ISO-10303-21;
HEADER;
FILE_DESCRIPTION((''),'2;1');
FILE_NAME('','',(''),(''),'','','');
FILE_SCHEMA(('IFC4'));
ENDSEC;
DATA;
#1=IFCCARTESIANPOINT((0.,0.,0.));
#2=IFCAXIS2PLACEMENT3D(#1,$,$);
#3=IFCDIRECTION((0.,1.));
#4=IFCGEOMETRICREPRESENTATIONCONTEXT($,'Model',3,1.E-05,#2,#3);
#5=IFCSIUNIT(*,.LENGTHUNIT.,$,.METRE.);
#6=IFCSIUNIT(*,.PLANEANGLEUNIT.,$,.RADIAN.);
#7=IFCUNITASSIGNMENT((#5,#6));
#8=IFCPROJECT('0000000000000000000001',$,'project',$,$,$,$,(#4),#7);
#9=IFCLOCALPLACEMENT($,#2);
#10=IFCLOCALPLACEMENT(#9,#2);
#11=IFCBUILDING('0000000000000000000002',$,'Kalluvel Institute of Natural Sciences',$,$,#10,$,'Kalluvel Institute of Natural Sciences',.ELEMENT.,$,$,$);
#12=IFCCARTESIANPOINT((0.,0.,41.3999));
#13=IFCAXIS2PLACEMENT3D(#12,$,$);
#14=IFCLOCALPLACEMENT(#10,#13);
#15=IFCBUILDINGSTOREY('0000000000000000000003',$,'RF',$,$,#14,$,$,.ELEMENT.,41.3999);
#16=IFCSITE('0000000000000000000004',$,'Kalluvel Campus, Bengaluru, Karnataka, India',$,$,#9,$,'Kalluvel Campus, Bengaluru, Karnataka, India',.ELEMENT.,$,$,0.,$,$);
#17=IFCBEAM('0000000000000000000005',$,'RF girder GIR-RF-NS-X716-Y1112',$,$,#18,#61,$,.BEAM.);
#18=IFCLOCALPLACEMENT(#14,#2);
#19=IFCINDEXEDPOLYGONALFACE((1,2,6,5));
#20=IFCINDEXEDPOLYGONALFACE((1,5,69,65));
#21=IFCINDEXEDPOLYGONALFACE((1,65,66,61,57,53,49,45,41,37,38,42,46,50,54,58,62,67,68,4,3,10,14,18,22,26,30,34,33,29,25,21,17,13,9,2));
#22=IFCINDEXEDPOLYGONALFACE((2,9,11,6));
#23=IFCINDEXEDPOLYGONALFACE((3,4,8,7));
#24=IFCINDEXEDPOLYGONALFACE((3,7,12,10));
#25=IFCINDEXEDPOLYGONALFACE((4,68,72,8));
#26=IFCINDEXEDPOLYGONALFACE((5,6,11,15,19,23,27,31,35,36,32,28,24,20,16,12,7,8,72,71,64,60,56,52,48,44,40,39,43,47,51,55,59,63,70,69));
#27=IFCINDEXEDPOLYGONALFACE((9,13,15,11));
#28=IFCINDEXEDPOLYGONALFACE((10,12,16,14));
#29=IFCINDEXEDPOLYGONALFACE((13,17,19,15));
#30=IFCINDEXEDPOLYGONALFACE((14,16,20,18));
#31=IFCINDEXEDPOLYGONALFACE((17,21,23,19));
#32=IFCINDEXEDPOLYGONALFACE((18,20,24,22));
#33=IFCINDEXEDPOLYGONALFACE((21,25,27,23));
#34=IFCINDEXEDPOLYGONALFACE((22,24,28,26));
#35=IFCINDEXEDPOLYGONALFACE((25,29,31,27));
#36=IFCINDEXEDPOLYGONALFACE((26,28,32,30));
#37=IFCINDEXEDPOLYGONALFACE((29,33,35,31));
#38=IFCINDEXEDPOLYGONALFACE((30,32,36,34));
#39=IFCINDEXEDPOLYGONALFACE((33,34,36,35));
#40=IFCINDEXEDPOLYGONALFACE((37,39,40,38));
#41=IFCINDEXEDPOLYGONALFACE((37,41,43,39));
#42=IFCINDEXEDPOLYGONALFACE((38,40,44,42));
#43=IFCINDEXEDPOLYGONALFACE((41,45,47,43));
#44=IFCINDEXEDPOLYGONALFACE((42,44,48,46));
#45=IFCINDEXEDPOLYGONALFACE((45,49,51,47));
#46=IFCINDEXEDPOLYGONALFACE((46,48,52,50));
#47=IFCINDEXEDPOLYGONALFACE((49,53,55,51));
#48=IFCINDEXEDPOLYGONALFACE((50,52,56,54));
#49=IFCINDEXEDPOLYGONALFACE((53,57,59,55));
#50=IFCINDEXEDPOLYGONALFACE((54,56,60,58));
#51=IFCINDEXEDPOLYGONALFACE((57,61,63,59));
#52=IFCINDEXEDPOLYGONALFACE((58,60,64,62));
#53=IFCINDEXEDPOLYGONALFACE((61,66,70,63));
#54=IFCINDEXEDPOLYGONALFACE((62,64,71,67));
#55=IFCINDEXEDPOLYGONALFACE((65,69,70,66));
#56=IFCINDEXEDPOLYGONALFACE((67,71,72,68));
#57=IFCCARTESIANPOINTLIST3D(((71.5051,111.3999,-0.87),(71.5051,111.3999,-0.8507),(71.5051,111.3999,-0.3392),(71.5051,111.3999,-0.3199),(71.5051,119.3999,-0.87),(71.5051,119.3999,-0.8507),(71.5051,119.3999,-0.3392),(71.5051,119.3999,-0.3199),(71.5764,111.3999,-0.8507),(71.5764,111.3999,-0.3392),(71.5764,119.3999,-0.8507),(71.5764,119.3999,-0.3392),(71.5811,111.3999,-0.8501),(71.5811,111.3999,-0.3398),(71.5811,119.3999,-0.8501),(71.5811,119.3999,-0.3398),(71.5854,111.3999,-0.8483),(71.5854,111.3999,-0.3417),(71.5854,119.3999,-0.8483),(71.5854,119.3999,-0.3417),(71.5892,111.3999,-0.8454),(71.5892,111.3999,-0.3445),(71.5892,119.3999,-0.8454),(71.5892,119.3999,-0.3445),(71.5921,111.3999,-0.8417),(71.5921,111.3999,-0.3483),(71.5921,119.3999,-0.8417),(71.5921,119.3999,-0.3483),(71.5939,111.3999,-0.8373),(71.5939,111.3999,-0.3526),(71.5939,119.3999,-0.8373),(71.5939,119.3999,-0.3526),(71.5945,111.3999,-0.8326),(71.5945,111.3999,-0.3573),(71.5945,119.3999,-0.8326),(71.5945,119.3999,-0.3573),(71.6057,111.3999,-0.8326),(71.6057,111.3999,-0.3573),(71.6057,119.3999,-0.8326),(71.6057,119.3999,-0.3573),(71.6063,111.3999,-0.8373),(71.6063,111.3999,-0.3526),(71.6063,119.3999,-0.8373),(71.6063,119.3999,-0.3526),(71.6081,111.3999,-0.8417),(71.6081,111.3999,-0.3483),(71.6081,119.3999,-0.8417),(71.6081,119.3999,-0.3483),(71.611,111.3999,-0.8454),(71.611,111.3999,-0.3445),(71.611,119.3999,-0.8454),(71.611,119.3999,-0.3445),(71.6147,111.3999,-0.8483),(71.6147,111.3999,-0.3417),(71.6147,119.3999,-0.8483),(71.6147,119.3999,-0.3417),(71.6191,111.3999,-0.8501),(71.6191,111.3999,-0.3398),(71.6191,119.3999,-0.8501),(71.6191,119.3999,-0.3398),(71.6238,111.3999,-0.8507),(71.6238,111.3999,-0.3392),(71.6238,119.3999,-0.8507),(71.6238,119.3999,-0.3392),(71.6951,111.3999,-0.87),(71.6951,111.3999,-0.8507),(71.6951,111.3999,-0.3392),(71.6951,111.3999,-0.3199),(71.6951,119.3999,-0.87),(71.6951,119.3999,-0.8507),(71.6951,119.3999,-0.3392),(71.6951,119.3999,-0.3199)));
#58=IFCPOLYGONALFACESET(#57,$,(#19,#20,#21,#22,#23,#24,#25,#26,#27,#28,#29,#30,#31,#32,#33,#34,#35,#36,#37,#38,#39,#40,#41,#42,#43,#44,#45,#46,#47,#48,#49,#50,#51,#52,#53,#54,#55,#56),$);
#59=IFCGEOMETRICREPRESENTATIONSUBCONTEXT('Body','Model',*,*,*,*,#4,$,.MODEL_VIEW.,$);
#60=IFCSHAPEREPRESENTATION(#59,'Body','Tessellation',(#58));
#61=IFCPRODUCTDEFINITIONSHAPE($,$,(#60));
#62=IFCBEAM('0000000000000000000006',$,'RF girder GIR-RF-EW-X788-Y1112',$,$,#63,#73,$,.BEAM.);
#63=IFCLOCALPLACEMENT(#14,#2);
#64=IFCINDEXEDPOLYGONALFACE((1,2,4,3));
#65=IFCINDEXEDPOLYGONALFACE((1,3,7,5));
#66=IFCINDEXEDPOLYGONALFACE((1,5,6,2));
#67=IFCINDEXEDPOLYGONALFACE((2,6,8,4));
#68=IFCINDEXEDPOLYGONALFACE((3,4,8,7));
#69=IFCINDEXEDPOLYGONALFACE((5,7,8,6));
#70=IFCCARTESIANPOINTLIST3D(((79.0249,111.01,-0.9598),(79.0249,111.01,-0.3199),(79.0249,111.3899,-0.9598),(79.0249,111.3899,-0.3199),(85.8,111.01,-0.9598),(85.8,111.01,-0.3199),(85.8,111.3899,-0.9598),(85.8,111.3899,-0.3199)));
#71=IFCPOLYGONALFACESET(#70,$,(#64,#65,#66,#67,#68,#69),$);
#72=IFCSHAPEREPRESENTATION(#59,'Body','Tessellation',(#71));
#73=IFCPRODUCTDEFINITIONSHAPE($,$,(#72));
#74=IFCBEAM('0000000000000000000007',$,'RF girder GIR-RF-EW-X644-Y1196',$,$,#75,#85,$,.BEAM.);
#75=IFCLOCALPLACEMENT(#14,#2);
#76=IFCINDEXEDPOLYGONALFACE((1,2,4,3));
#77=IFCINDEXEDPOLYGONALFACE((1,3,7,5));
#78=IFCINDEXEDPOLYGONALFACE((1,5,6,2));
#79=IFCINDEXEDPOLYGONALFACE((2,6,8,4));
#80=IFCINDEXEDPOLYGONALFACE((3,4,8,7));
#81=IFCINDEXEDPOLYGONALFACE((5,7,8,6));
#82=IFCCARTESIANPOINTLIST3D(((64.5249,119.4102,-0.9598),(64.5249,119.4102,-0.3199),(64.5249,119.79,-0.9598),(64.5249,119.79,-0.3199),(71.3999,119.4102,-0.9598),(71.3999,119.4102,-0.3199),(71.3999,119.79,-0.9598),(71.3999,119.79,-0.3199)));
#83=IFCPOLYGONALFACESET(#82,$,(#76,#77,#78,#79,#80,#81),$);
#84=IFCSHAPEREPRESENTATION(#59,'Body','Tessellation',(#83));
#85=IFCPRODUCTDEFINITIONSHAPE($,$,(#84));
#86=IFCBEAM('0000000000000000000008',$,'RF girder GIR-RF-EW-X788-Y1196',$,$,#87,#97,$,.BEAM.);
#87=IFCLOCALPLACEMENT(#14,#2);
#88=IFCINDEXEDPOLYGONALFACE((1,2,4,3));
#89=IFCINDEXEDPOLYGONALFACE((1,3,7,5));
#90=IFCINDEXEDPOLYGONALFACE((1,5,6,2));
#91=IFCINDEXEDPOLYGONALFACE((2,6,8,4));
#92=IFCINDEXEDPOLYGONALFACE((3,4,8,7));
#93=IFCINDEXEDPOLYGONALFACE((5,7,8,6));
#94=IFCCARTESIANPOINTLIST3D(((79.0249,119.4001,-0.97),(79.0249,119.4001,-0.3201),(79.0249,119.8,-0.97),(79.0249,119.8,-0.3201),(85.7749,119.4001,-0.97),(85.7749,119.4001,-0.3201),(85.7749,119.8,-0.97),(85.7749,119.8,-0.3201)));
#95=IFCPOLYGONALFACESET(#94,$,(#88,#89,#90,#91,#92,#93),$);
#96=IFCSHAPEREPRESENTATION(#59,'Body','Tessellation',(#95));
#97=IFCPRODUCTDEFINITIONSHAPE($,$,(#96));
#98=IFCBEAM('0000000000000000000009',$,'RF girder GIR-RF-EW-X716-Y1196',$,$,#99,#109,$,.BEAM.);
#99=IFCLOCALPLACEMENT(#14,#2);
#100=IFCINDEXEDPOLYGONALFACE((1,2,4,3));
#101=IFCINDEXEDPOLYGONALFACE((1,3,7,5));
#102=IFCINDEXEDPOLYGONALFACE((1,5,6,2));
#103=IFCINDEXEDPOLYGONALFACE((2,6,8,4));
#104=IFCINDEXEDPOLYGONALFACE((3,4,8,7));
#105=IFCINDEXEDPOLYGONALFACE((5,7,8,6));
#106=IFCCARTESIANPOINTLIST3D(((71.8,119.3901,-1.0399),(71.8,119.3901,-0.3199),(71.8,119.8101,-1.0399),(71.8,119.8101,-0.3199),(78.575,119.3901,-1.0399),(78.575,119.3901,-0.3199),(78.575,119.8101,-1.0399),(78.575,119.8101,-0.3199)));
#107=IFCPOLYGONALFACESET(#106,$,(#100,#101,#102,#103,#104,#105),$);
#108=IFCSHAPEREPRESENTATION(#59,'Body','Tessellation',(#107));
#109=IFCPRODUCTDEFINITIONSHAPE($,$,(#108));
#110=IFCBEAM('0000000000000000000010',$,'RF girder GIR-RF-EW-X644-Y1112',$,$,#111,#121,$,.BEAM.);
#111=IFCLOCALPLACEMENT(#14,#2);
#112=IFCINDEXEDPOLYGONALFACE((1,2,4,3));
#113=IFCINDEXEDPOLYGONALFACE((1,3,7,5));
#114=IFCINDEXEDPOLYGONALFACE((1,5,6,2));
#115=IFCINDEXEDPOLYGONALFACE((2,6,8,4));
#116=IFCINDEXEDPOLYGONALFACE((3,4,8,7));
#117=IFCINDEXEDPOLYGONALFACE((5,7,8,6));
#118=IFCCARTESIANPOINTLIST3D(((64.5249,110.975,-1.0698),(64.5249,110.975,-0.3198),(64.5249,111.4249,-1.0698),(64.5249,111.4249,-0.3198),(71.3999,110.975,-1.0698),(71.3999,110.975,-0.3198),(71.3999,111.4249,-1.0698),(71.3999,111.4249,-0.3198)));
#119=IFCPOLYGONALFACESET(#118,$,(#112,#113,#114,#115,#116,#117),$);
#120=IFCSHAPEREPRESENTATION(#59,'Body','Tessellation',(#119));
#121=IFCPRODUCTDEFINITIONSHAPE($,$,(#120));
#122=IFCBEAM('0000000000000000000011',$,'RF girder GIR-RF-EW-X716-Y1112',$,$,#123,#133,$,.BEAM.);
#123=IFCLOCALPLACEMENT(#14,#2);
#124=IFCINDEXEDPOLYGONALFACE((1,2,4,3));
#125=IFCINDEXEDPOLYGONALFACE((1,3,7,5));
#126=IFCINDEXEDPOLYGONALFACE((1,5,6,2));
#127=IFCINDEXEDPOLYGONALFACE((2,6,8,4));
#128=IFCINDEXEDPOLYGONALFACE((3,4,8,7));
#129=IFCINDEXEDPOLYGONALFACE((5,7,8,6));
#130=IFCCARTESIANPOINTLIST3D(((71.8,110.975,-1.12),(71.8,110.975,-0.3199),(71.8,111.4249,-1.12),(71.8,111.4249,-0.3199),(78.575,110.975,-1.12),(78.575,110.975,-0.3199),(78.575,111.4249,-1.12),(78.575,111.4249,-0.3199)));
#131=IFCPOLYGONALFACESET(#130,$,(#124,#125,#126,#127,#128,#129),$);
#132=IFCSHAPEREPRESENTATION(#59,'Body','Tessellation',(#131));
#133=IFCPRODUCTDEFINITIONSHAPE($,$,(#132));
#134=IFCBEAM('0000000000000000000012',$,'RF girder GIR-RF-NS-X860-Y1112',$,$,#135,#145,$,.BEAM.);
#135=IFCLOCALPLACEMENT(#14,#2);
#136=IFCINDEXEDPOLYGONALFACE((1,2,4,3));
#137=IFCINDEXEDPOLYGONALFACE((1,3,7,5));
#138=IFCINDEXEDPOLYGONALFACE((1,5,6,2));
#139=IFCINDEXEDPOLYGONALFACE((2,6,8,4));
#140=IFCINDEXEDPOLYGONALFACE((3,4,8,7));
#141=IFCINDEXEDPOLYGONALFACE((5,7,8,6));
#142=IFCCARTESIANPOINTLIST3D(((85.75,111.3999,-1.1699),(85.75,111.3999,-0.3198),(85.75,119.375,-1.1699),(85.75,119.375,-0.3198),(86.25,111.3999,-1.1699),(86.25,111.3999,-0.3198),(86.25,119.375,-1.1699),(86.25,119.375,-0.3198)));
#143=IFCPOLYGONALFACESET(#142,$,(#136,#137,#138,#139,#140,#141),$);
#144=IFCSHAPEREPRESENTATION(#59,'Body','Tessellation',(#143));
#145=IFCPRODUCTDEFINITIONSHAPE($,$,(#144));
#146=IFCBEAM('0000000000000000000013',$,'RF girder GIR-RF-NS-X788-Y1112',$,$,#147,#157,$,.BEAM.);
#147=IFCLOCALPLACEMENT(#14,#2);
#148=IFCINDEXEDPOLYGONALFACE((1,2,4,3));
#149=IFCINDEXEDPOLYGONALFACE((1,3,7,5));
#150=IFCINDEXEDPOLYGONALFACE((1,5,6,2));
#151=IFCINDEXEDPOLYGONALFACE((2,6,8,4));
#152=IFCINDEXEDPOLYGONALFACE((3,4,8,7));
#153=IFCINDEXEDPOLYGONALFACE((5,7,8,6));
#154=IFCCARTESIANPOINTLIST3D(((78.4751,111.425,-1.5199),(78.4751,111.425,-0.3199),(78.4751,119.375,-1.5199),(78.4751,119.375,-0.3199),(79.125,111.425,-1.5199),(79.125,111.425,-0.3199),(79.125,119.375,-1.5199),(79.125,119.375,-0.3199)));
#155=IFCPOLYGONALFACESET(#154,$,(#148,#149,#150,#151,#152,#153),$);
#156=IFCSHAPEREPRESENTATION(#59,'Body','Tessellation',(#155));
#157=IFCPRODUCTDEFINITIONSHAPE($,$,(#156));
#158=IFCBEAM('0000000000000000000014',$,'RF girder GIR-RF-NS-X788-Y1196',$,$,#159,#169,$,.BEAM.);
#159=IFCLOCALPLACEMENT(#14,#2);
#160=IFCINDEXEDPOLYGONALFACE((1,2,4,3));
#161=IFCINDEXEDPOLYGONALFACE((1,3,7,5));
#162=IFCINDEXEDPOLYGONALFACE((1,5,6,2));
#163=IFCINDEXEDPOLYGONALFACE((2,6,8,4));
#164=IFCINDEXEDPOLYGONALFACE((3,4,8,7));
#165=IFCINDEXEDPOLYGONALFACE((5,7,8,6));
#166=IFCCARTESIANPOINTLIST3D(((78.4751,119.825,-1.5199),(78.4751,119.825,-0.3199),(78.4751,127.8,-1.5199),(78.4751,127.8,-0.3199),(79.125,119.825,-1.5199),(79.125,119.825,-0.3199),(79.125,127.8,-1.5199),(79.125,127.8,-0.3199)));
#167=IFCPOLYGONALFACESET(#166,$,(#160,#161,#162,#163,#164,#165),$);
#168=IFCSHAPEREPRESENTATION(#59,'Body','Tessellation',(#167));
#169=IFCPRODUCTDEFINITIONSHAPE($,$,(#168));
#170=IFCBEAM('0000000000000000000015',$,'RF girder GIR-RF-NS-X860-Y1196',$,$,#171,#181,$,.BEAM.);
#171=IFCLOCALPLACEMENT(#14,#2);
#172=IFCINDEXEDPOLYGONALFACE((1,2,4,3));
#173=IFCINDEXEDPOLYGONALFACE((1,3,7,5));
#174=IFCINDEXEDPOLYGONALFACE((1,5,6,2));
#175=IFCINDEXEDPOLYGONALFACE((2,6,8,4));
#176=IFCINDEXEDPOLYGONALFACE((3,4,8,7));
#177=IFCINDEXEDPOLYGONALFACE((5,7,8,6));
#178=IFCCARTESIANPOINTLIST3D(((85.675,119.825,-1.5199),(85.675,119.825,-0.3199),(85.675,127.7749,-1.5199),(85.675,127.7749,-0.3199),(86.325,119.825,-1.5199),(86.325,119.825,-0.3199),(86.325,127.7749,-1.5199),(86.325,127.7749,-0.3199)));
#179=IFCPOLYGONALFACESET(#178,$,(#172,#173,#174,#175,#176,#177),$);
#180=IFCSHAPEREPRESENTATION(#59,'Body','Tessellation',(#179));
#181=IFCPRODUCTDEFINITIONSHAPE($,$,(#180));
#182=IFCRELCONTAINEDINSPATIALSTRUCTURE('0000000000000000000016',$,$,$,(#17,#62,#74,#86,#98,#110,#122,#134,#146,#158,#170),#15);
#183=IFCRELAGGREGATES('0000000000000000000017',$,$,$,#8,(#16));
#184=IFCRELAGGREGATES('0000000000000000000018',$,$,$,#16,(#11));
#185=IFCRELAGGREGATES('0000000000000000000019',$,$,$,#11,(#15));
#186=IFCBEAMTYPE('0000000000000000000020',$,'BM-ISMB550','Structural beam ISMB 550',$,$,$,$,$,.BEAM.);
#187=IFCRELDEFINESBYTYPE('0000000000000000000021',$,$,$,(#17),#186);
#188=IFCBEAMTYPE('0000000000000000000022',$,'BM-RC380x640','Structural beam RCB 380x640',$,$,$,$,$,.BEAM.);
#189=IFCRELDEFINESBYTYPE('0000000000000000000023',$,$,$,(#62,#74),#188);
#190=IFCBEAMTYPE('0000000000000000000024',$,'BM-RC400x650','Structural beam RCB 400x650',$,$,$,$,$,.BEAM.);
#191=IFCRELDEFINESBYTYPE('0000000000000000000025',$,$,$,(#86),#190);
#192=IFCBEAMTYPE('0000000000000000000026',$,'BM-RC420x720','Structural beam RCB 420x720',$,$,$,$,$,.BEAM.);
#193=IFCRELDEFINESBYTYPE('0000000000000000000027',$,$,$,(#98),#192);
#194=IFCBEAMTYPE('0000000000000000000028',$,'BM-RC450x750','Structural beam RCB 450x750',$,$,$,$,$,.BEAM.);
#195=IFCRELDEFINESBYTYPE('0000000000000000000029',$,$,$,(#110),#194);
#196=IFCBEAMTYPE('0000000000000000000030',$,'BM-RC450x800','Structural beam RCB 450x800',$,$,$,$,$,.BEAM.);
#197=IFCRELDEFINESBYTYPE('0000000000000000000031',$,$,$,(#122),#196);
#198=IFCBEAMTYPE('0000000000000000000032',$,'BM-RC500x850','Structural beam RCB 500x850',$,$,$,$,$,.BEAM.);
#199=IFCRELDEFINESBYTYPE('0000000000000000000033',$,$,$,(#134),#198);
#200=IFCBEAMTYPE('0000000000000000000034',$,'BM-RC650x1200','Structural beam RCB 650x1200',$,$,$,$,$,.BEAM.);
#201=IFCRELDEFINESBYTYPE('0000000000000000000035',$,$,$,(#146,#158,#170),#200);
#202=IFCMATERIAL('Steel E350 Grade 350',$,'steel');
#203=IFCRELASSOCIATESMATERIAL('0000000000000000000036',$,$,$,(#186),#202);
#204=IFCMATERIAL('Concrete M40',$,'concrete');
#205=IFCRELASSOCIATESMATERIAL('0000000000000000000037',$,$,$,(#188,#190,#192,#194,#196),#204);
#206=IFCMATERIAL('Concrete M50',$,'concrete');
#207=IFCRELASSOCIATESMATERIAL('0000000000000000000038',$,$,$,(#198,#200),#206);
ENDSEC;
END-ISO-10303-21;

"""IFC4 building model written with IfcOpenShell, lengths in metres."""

from ifc_helpers import new_model, si_unit, direction, frame, origin, origin_2d, place, context, subcontext, project, spatial, rectangle, i_section, extrude, material, material_profile, profile_set, type_object, element, save


model = new_model("IFC4")

# Units and contexts
model_context = context("Model", 3, precision=1e-05, world=origin(), true_north=direction((0.0, 1.0)))
body_context = subcontext(model_context, "Body", "Model", "MODEL_VIEW")
ifc_project = project(units=[si_unit("LENGTHUNIT", "METRE"), si_unit("PLANEANGLEUNIT", "RADIAN")], contexts=[model_context])

# Site, building, storey
site_placement = place(None, origin())
site = spatial("IfcSite", under=ifc_project, at=site_placement, Name="Kalluvel Campus, Bengaluru, Karnataka, India", LongName="Kalluvel Campus, Bengaluru, Karnataka, India", CompositionType="ELEMENT", RefElevation=0.0)
building_placement = place(site_placement, origin())
building = spatial("IfcBuilding", under=site, at=building_placement, Name="Kalluvel Institute of Natural Sciences", LongName="Kalluvel Institute of Natural Sciences", CompositionType="ELEMENT")
storey_placement = place(building_placement, frame((0.0, 0.0, 41.3999)))
storey = spatial("IfcBuildingStorey", under=building, at=storey_placement, Name="RF", CompositionType="ELEMENT", Elevation=41.3999)

# Beams
ifc_material_1 = material(Name="Steel E350 Grade 350", Category="steel")
ifc_material_profile_1 = material_profile(ifc_material_1, i_section(OverallWidth=0.1899, OverallDepth=0.55, WebThickness=0.0112, FlangeThickness=0.0193, FilletRadius=0.0181, at=origin_2d()), Name="ISMB 550")
ifc_profile_set_1 = profile_set([ifc_material_profile_1], Name="Steel E350 Grade 350")
beam_type_1 = type_object("IfcBeamType", Name="BM-ISMB550", Description="Structural beam ISMB 550", PredefinedType="BEAM", material=ifc_profile_set_1)
beam_1_placement = place(storey_placement, frame((71.6001, 111.3999, -0.595), z_axis=(0.0, 1.0, 0.0), x_axis=(-1.0, 0.0, 0.0)))
element("IfcBeam", 1, at=beam_1_placement, inside=storey, type_object=beam_type_1, Name="RF girder GIR-RF-NS-X716-Y1112", PredefinedType="BEAM", context=body_context, shape_type="SweptSolid", body=[
    extrude(i_section(OverallWidth=0.1899, OverallDepth=0.55, WebThickness=0.0112, FlangeThickness=0.0193, FilletRadius=0.0181, at=origin_2d()), origin(), (0.0, 0.0, 1.0), 8.0),
])
ifc_material_2 = material(Name="Concrete M40", Category="concrete")
ifc_material_profile_2 = material_profile(ifc_material_2, rectangle(XDim=0.3799, YDim=0.6399, at=origin_2d()), Name="RCB 380x640")
ifc_profile_set_2 = profile_set([ifc_material_profile_2], Name="Concrete M40")
beam_type_2 = type_object("IfcBeamType", Name="BM-RC380x640", Description="Structural beam RCB 380x640", PredefinedType="BEAM", material=ifc_profile_set_2)
beam_2_placement = place(storey_placement, frame((79.0249, 111.2, -0.6399), z_axis=(1.0, 0.0, 0.0), x_axis=(0.0, 1.0, 0.0)))
element("IfcBeam", 2, at=beam_2_placement, inside=storey, type_object=beam_type_2, Name="RF girder GIR-RF-EW-X788-Y1112", PredefinedType="BEAM", context=body_context, shape_type="SweptSolid", body=[
    extrude(rectangle(XDim=0.3799, YDim=0.6399, at=origin_2d()), origin(), (0.0, 0.0, 1.0), 6.7751),
])
beam_3_placement = place(storey_placement, frame((64.5249, 119.6001, -0.6399), z_axis=(1.0, 0.0, 0.0), x_axis=(0.0, 1.0, 0.0)))
element("IfcBeam", 3, at=beam_3_placement, inside=storey, type_object=beam_type_2, Name="RF girder GIR-RF-EW-X644-Y1196", PredefinedType="BEAM", context=body_context, shape_type="SweptSolid", body=[
    extrude(rectangle(XDim=0.3799, YDim=0.6399, at=origin_2d()), origin(), (0.0, 0.0, 1.0), 6.875),
])
ifc_material_profile_3 = material_profile(ifc_material_2, rectangle(XDim=0.3999, YDim=0.6499, at=origin_2d()), Name="RCB 400x650")
ifc_profile_set_3 = profile_set([ifc_material_profile_3], Name="Concrete M40")
beam_type_3 = type_object("IfcBeamType", Name="BM-RC400x650", Description="Structural beam RCB 400x650", PredefinedType="BEAM", material=ifc_profile_set_3)
beam_4_placement = place(storey_placement, frame((79.0249, 119.6001, -0.645), z_axis=(1.0, 0.0, 0.0), x_axis=(0.0, 1.0, 0.0)))
element("IfcBeam", 4, at=beam_4_placement, inside=storey, type_object=beam_type_3, Name="RF girder GIR-RF-EW-X788-Y1196", PredefinedType="BEAM", context=body_context, shape_type="SweptSolid", body=[
    extrude(rectangle(XDim=0.3999, YDim=0.6499, at=origin_2d()), origin(), (0.0, 0.0, 1.0), 6.75),
])
ifc_material_profile_4 = material_profile(ifc_material_2, rectangle(XDim=0.4199, YDim=0.72, at=origin_2d()), Name="RCB 420x720")
ifc_profile_set_4 = profile_set([ifc_material_profile_4], Name="Concrete M40")
beam_type_4 = type_object("IfcBeamType", Name="BM-RC420x720", Description="Structural beam RCB 420x720", PredefinedType="BEAM", material=ifc_profile_set_4)
beam_5_placement = place(storey_placement, frame((71.8, 119.6001, -0.6799), z_axis=(1.0, 0.0, 0.0), x_axis=(0.0, 1.0, 0.0)))
element("IfcBeam", 5, at=beam_5_placement, inside=storey, type_object=beam_type_4, Name="RF girder GIR-RF-EW-X716-Y1196", PredefinedType="BEAM", context=body_context, shape_type="SweptSolid", body=[
    extrude(rectangle(XDim=0.4199, YDim=0.72, at=origin_2d()), origin(), (0.0, 0.0, 1.0), 6.7749),
])
ifc_material_profile_5 = material_profile(ifc_material_2, rectangle(XDim=0.45, YDim=0.75, at=origin_2d()), Name="RCB 450x750")
ifc_profile_set_5 = profile_set([ifc_material_profile_5], Name="Concrete M40")
beam_type_5 = type_object("IfcBeamType", Name="BM-RC450x750", Description="Structural beam RCB 450x750", PredefinedType="BEAM", material=ifc_profile_set_5)
beam_6_placement = place(storey_placement, frame((64.5249, 111.2, -0.6948), z_axis=(1.0, 0.0, 0.0), x_axis=(0.0, 1.0, 0.0)))
element("IfcBeam", 6, at=beam_6_placement, inside=storey, type_object=beam_type_5, Name="RF girder GIR-RF-EW-X644-Y1112", PredefinedType="BEAM", context=body_context, shape_type="SweptSolid", body=[
    extrude(rectangle(XDim=0.45, YDim=0.75, at=origin_2d()), origin(), (0.0, 0.0, 1.0), 6.875),
])
ifc_material_profile_6 = material_profile(ifc_material_2, rectangle(XDim=0.45, YDim=0.8, at=origin_2d()), Name="RCB 450x800")
ifc_profile_set_6 = profile_set([ifc_material_profile_6], Name="Concrete M40")
beam_type_6 = type_object("IfcBeamType", Name="BM-RC450x800", Description="Structural beam RCB 450x800", PredefinedType="BEAM", material=ifc_profile_set_6)
beam_7_placement = place(storey_placement, frame((71.8, 111.2, -0.72), z_axis=(1.0, 0.0, 0.0), x_axis=(0.0, 1.0, 0.0)))
element("IfcBeam", 7, at=beam_7_placement, inside=storey, type_object=beam_type_6, Name="RF girder GIR-RF-EW-X716-Y1112", PredefinedType="BEAM", context=body_context, shape_type="SweptSolid", body=[
    extrude(rectangle(XDim=0.45, YDim=0.8, at=origin_2d()), origin(), (0.0, 0.0, 1.0), 6.7749),
])
ifc_material_3 = material(Name="Concrete M50", Category="concrete")
ifc_material_profile_7 = material_profile(ifc_material_3, rectangle(XDim=0.5, YDim=0.8501, at=origin_2d()), Name="RCB 500x850")
ifc_profile_set_7 = profile_set([ifc_material_profile_7], Name="Concrete M50")
beam_type_7 = type_object("IfcBeamType", Name="BM-RC500x850", Description="Structural beam RCB 500x850", PredefinedType="BEAM", material=ifc_profile_set_7)
beam_8_placement = place(storey_placement, frame((86.0, 111.3999, -0.7449), z_axis=(0.0, 1.0, 0.0), x_axis=(-1.0, 0.0, 0.0)))
element("IfcBeam", 8, at=beam_8_placement, inside=storey, type_object=beam_type_7, Name="RF girder GIR-RF-NS-X860-Y1112", PredefinedType="BEAM", context=body_context, shape_type="SweptSolid", body=[
    extrude(rectangle(XDim=0.5, YDim=0.8501, at=origin_2d()), origin(), (0.0, 0.0, 1.0), 7.9751),
])
ifc_material_profile_8 = material_profile(ifc_material_3, rectangle(XDim=0.6499, YDim=1.2, at=origin_2d()), Name="RCB 650x1200")
ifc_profile_set_8 = profile_set([ifc_material_profile_8], Name="Concrete M50")
beam_type_8 = type_object("IfcBeamType", Name="BM-RC650x1200", Description="Structural beam RCB 650x1200", PredefinedType="BEAM", material=ifc_profile_set_8)
beam_9_placement = place(storey_placement, frame((78.8, 111.425, -0.9199), z_axis=(0.0, 1.0, 0.0), x_axis=(-1.0, 0.0, 0.0)))
element("IfcBeam", 9, at=beam_9_placement, inside=storey, type_object=beam_type_8, Name="RF girder GIR-RF-NS-X788-Y1112", PredefinedType="BEAM", context=body_context, shape_type="SweptSolid", body=[
    extrude(rectangle(XDim=0.6499, YDim=1.2, at=origin_2d()), origin(), (0.0, 0.0, 1.0), 7.95),
])
beam_10_placement = place(storey_placement, frame((78.8, 119.825, -0.9199), z_axis=(0.0, 1.0, 0.0), x_axis=(-1.0, 0.0, 0.0)))
element("IfcBeam", 10, at=beam_10_placement, inside=storey, type_object=beam_type_8, Name="RF girder GIR-RF-NS-X788-Y1196", PredefinedType="BEAM", context=body_context, shape_type="SweptSolid", body=[
    extrude(rectangle(XDim=0.6499, YDim=1.2, at=origin_2d()), origin(), (0.0, 0.0, 1.0), 7.9751),
])
beam_11_placement = place(storey_placement, frame((86.0, 119.825, -0.9199), z_axis=(0.0, 1.0, 0.0), x_axis=(-1.0, 0.0, 0.0)))
element("IfcBeam", 11, at=beam_11_placement, inside=storey, type_object=beam_type_8, Name="RF girder GIR-RF-NS-X860-Y1196", PredefinedType="BEAM", context=body_context, shape_type="SweptSolid", body=[
    extrude(rectangle(XDim=0.6499, YDim=1.2, at=origin_2d()), origin(), (0.0, 0.0, 1.0), 7.95),
])

save(model, "model.ifc")
